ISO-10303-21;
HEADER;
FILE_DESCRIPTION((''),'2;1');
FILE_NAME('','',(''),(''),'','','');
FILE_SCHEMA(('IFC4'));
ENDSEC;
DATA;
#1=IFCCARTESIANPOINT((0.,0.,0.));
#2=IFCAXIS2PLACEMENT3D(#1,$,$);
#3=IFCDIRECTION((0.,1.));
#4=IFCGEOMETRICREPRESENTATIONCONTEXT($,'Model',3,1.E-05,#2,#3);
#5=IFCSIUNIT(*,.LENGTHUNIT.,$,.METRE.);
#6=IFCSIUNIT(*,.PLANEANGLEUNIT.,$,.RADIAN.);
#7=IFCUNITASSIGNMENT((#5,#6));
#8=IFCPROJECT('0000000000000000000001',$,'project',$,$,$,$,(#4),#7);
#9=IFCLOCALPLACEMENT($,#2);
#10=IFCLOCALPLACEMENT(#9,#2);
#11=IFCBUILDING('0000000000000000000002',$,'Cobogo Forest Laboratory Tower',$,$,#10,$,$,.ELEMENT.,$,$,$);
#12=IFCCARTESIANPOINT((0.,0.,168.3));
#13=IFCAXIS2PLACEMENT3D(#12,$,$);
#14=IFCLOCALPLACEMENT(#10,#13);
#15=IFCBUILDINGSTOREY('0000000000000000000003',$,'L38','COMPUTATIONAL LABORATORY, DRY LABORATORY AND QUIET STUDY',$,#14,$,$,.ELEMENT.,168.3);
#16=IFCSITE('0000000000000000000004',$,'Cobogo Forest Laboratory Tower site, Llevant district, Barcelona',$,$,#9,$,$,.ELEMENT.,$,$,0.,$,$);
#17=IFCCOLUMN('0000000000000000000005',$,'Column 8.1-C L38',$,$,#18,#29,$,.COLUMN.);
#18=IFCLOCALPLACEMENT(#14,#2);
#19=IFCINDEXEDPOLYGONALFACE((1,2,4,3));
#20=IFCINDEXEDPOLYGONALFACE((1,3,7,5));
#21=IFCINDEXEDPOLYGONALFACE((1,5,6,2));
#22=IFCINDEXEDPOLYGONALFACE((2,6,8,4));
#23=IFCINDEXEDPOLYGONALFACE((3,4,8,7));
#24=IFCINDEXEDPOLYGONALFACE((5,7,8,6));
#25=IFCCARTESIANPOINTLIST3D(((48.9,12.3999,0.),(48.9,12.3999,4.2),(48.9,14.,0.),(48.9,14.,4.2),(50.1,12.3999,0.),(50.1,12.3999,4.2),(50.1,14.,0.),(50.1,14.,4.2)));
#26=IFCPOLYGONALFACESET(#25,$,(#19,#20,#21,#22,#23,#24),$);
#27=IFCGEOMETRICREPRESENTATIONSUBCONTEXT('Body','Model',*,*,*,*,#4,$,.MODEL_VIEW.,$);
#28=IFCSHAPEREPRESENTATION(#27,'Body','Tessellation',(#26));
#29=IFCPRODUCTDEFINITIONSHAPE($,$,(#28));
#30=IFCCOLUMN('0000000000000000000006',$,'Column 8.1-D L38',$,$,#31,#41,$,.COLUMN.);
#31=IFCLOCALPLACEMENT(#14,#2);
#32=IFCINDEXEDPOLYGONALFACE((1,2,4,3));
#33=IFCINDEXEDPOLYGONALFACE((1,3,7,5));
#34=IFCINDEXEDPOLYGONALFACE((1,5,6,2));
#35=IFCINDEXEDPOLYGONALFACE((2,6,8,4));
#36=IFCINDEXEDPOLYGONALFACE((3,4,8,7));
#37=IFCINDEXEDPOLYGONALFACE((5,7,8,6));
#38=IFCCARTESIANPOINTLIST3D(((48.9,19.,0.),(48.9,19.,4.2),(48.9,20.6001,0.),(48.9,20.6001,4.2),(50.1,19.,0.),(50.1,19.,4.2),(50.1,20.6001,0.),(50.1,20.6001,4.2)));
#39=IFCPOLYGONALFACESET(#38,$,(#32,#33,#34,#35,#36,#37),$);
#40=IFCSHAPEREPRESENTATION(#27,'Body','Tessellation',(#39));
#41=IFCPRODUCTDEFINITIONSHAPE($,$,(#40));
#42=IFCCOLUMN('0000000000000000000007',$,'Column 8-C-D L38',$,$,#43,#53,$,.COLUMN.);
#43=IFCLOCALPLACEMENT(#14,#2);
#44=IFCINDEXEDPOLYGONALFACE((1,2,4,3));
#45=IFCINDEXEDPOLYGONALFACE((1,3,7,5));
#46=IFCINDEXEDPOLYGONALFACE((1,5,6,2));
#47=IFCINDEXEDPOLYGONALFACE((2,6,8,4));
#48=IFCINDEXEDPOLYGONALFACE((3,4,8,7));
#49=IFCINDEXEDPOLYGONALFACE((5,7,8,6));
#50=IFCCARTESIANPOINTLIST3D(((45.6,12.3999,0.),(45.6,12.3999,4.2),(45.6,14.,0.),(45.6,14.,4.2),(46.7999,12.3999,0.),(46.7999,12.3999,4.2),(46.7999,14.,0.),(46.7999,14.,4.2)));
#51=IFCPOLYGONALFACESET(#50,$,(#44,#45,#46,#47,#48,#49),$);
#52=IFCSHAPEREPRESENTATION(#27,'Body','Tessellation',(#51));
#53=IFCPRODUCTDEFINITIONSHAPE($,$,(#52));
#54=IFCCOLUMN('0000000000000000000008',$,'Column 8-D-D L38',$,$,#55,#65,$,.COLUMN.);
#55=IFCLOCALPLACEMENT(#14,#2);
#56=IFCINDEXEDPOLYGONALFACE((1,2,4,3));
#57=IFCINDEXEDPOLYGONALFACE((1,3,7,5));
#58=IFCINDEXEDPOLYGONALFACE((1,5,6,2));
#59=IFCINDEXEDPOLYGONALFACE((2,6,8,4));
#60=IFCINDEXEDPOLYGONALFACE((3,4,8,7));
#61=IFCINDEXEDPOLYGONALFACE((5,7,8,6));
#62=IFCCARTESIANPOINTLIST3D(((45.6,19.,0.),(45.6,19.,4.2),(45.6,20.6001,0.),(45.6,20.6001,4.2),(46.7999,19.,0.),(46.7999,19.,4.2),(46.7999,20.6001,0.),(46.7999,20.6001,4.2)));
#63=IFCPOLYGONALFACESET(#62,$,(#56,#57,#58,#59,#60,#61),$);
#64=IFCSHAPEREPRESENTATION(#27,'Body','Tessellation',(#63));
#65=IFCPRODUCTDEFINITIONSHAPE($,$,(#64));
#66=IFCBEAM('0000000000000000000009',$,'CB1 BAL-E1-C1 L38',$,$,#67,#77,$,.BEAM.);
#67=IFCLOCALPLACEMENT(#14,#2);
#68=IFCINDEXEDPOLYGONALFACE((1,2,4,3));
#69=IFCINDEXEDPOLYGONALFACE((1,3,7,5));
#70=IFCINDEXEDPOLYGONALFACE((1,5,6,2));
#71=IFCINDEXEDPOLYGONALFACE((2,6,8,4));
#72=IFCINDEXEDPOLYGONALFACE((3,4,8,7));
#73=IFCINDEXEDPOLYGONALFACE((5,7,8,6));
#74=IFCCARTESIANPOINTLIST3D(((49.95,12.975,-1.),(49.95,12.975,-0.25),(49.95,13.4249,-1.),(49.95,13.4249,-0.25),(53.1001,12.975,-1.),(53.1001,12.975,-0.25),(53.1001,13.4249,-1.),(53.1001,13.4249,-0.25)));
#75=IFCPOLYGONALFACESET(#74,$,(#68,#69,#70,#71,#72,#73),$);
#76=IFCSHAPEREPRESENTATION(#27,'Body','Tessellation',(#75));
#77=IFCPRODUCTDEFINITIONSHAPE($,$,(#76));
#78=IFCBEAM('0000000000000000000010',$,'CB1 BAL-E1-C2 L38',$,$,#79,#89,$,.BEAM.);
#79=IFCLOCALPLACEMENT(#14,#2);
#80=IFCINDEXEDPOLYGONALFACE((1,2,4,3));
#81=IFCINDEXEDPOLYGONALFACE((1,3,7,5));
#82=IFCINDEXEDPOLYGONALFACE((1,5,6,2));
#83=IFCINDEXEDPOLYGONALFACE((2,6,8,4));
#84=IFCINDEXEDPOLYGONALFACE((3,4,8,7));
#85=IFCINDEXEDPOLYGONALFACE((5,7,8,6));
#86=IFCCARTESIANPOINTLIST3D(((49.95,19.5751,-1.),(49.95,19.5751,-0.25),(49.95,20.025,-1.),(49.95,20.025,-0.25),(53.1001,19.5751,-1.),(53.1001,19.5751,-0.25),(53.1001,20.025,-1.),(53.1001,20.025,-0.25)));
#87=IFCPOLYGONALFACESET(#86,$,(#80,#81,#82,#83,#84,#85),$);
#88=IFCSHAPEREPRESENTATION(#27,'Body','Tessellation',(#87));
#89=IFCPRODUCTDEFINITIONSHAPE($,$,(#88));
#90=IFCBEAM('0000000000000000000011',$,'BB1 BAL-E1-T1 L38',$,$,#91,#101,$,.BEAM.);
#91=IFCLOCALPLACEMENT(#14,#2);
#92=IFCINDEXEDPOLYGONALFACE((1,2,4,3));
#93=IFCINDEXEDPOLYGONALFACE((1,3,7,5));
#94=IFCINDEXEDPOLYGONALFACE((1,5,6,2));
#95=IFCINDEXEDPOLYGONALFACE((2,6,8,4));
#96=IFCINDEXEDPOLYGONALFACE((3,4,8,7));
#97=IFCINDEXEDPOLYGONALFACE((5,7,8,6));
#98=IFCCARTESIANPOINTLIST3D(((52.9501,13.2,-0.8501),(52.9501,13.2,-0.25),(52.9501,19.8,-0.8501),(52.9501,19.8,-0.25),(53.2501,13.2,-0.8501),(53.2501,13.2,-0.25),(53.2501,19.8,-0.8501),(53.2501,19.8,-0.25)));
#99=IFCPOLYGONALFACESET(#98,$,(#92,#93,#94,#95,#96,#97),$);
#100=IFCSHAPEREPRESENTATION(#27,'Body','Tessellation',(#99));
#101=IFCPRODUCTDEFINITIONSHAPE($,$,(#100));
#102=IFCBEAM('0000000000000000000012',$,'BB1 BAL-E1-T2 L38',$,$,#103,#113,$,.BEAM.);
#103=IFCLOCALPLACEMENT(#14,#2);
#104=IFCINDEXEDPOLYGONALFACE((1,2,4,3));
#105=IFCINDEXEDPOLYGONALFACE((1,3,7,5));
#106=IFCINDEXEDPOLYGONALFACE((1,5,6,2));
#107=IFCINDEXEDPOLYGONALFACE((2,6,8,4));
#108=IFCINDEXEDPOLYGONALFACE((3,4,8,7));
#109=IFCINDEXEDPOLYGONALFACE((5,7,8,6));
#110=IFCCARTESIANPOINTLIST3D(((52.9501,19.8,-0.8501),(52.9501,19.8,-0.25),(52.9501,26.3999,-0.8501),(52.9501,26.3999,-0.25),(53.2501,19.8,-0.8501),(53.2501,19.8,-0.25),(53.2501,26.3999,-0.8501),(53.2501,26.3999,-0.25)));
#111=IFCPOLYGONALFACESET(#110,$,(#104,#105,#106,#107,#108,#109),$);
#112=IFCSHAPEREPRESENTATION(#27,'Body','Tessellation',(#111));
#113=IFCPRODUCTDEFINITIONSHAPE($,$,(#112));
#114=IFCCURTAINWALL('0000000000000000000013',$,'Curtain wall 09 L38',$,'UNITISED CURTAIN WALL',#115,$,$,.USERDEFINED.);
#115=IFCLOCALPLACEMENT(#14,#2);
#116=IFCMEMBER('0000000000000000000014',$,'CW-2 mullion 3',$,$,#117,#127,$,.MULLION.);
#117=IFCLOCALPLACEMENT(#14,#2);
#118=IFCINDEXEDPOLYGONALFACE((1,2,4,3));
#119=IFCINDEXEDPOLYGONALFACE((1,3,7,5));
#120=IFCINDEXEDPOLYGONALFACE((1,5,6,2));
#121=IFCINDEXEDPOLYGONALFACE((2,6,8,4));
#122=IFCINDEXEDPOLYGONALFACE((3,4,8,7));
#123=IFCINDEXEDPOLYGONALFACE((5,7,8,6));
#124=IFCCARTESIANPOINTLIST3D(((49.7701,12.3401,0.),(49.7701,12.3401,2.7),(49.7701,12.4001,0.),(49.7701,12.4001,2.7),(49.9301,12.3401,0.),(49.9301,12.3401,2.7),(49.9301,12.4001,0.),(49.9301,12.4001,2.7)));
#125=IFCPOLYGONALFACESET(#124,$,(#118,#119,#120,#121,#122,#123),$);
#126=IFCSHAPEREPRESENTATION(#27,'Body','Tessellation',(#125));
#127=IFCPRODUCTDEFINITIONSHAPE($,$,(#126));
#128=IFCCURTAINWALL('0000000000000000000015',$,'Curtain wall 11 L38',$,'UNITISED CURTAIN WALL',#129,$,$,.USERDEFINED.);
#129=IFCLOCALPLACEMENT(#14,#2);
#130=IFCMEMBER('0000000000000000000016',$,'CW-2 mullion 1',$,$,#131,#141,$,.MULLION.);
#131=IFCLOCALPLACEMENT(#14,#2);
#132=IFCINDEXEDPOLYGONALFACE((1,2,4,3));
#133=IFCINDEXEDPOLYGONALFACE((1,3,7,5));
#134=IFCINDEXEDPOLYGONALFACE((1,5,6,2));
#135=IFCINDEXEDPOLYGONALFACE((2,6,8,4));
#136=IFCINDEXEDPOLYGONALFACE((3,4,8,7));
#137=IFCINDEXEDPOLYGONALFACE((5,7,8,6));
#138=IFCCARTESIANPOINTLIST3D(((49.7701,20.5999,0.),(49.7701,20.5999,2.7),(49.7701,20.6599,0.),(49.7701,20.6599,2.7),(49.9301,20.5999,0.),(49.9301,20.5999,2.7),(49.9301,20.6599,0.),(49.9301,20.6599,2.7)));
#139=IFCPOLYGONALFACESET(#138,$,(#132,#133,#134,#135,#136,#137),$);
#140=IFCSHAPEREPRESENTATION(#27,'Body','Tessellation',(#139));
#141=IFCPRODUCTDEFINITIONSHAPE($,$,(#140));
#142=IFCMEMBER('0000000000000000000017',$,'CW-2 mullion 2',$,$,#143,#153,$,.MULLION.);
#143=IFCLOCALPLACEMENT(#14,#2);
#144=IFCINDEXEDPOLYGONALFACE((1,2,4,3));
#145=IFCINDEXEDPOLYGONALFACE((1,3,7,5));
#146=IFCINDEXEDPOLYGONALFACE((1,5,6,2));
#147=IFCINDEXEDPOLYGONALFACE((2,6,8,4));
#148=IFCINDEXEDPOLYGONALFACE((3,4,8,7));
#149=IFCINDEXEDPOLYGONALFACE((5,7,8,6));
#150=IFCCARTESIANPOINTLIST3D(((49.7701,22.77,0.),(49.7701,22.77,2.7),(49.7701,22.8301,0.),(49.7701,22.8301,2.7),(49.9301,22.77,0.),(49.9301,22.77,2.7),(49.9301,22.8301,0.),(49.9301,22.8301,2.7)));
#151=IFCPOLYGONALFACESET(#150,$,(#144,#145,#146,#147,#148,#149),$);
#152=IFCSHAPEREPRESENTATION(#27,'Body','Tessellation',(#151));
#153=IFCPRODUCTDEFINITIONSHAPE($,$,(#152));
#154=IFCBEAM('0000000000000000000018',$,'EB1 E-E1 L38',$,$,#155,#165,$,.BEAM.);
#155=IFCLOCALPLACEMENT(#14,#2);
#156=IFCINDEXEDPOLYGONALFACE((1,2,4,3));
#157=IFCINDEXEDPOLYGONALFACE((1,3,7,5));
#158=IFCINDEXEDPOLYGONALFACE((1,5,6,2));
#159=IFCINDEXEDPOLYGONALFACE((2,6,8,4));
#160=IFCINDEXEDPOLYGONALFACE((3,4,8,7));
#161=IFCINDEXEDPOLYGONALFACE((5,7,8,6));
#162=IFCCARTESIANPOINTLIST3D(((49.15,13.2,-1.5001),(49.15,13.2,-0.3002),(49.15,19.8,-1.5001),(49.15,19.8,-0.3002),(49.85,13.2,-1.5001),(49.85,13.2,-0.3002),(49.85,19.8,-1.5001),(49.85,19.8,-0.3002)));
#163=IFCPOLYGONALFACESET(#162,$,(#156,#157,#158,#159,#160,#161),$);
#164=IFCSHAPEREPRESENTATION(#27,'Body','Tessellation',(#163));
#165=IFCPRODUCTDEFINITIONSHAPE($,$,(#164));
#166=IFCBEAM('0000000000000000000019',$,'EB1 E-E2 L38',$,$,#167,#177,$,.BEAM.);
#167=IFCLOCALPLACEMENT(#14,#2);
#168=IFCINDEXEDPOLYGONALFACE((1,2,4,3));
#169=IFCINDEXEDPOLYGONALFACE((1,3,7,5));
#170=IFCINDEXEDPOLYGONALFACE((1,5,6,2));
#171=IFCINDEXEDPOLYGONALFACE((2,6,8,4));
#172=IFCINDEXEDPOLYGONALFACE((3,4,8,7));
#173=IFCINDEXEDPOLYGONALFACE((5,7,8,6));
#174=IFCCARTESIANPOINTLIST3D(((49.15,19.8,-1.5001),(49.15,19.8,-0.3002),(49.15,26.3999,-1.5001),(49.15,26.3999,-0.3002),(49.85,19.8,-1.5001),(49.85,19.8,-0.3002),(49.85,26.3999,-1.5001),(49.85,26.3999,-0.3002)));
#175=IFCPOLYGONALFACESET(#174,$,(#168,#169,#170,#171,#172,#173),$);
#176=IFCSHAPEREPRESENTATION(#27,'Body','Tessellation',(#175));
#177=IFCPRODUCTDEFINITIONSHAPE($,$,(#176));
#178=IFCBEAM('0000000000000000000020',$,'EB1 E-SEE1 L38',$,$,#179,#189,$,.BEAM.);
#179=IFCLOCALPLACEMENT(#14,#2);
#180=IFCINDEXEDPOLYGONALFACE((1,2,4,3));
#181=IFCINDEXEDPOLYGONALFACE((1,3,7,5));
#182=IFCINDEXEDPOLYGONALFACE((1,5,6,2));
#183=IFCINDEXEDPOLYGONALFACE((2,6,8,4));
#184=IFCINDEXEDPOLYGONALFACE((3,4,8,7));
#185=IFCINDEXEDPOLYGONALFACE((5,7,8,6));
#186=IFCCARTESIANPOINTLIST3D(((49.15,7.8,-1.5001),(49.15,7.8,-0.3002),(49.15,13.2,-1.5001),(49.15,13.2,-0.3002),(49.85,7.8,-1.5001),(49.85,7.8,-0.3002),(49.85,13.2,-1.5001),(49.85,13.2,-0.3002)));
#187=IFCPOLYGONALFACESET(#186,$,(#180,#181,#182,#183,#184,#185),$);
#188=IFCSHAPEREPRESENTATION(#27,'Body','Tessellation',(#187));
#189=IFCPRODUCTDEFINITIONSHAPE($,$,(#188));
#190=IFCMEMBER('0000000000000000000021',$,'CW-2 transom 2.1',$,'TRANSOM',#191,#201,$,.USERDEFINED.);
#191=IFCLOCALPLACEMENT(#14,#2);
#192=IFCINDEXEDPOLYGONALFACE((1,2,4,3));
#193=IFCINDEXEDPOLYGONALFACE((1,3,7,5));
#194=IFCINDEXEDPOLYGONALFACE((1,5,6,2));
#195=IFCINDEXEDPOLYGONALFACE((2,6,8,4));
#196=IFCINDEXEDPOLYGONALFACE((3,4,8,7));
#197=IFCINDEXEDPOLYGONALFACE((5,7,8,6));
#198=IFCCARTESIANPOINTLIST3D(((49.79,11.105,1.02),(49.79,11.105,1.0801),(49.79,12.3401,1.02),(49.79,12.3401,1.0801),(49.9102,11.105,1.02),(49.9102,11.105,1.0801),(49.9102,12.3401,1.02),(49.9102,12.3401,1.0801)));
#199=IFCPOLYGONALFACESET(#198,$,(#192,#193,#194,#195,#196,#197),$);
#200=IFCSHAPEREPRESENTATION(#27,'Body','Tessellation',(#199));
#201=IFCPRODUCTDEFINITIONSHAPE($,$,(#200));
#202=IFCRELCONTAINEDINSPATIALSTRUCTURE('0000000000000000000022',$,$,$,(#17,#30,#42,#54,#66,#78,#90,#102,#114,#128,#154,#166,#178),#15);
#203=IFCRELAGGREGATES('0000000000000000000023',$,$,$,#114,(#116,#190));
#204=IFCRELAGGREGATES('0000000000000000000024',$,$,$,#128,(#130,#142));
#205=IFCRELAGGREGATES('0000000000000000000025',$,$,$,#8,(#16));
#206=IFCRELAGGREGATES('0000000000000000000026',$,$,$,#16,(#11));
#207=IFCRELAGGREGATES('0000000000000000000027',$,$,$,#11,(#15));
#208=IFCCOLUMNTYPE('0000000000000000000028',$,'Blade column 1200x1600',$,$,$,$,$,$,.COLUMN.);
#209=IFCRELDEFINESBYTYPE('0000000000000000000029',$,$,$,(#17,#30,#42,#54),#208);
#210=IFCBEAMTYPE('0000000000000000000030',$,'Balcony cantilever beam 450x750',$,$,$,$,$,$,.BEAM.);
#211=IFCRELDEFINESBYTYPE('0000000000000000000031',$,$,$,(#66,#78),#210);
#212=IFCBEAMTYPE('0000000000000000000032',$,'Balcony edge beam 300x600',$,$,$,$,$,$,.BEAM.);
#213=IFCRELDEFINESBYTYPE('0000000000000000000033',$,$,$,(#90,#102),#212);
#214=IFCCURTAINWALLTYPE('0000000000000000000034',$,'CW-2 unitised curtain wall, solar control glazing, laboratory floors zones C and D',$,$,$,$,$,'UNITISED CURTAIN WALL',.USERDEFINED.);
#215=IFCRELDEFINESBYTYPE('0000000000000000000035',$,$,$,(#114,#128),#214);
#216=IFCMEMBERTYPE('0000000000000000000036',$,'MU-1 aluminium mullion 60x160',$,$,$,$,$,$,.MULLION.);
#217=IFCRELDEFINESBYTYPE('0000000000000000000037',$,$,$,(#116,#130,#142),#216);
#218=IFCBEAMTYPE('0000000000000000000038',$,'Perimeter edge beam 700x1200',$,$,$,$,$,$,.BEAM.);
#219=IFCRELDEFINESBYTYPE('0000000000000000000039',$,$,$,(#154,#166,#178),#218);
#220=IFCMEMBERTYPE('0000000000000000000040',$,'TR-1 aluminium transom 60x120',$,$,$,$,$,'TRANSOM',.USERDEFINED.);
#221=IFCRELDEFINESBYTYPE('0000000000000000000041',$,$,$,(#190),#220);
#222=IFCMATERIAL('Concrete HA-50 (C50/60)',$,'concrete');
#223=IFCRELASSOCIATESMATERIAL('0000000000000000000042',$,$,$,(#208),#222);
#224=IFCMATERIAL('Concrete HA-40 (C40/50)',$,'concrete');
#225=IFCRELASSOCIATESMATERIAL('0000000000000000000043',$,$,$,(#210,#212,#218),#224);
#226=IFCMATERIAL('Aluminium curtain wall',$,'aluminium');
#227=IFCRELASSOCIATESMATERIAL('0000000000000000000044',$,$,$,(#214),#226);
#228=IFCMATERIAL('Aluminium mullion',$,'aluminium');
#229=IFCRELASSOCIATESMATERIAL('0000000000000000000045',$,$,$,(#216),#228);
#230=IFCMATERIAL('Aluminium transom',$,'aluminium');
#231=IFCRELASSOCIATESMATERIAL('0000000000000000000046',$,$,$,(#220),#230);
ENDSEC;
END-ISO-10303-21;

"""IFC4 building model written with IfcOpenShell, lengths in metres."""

from ifc_helpers import new_model, si_unit, direction, frame, origin, origin_2d, place, context, subcontext, project, spatial, rectangle, extrude, material, material_profile, profile_set, type_object, element, aggregate, save


model = new_model("IFC4")

# Units and contexts
model_context = context("Model", 3, precision=1e-05, world=origin(), true_north=direction((0.0, 1.0)))
body_context = subcontext(model_context, "Body", "Model", "MODEL_VIEW")
ifc_project = project(units=[si_unit("LENGTHUNIT", "METRE"), si_unit("PLANEANGLEUNIT", "RADIAN")], contexts=[model_context])

# Site, building, storey
site_placement = place(None, origin())
site = spatial("IfcSite", under=ifc_project, at=site_placement, Name="Cobogo Forest Laboratory Tower site, Llevant district, Barcelona", CompositionType="ELEMENT", RefElevation=0.0)
building_placement = place(site_placement, origin())
building = spatial("IfcBuilding", under=site, at=building_placement, Name="Cobogo Forest Laboratory Tower", CompositionType="ELEMENT")
storey_placement = place(building_placement, frame((0.0, 0.0, 168.3)))
storey = spatial("IfcBuildingStorey", under=building, at=storey_placement, Name="L38", Description="COMPUTATIONAL LABORATORY, DRY LABORATORY AND QUIET STUDY", CompositionType="ELEMENT", Elevation=168.3)

# Columns
ifc_material_1 = material(Name="Concrete HA-50 (C50/60)", Category="concrete")
ifc_material_profile_1 = material_profile(ifc_material_1, rectangle(XDim=1.6001, YDim=1.2, at=origin_2d()), Name="RC 1200x1600")
ifc_profile_set_1 = profile_set([ifc_material_profile_1], Name="Concrete HA-50 (C50/60)")
column_type = type_object("IfcColumnType", Name="Blade column 1200x1600", PredefinedType="COLUMN", material=ifc_profile_set_1)
for number, where, z_axis, x_axis, name in (
    (1, (49.5, 13.2, 0.0), (0.0, 0.0, 1.0), (0.0, 1.0, 0.0), "Column 8.1-C L38"),
    (2, (49.5, 19.8, 0.0), (0.0, 0.0, 1.0), (0.0, 1.0, 0.0), "Column 8.1-D L38"),
    (3, (46.2, 13.2, 0.0), (0.0, 0.0, 1.0), (0.0, 1.0, 0.0), "Column 8-C-D L38"),
    (4, (46.2, 19.8, 0.0), (0.0, 0.0, 1.0), (0.0, 1.0, 0.0), "Column 8-D-D L38"),
):
    element("IfcColumn", number, at=place(storey_placement, frame(where, z_axis=z_axis, x_axis=x_axis)), inside=storey, type_object=column_type, Name=name, PredefinedType="COLUMN", context=body_context, shape_type="SweptSolid", body=[
        extrude(rectangle(XDim=1.6001, YDim=1.2, at=origin_2d()), origin(), (0.0, 0.0, 1.0), 4.2),
    ])

# Beams
ifc_material_2 = material(Name="Concrete HA-40 (C40/50)", Category="concrete")
ifc_material_profile_2 = material_profile(ifc_material_2, rectangle(XDim=0.45, YDim=0.75, at=origin_2d()), Name="RC 450x750")
ifc_profile_set_2 = profile_set([ifc_material_profile_2], Name="Concrete HA-40 (C40/50)")
beam_type_1 = type_object("IfcBeamType", Name="Balcony cantilever beam 450x750", PredefinedType="BEAM", material=ifc_profile_set_2)
for number, where, z_axis, x_axis, name in (
    (5, (49.95, 13.2, -0.625), (1.0, 0.0, 0.0), (0.0, 1.0, 0.0), "CB1 BAL-E1-C1 L38"),
    (6, (49.95, 19.8, -0.625), (1.0, 0.0, 0.0), (0.0, 1.0, 0.0), "CB1 BAL-E1-C2 L38"),
):
    element("IfcBeam", number, at=place(storey_placement, frame(where, z_axis=z_axis, x_axis=x_axis)), inside=storey, type_object=beam_type_1, Name=name, PredefinedType="BEAM", context=body_context, shape_type="SweptSolid", body=[
        extrude(rectangle(XDim=0.45, YDim=0.75, at=origin_2d()), origin(), (0.0, 0.0, 1.0), 3.1501),
    ])
ifc_material_profile_3 = material_profile(ifc_material_2, rectangle(XDim=0.3, YDim=0.6001, at=origin_2d()), Name="RC 300x600")
ifc_profile_set_3 = profile_set([ifc_material_profile_3], Name="Concrete HA-40 (C40/50)")
beam_type_2 = type_object("IfcBeamType", Name="Balcony edge beam 300x600", PredefinedType="BEAM", material=ifc_profile_set_3)
beam_1_placement = place(storey_placement, frame((53.1001, 13.2, -0.55), z_axis=(0.0, 1.0, 0.0), x_axis=(-1.0, 0.0, 0.0)))
element("IfcBeam", 7, at=beam_1_placement, inside=storey, type_object=beam_type_2, Name="BB1 BAL-E1-T1 L38", PredefinedType="BEAM", context=body_context, shape_type="SweptSolid", body=[
    extrude(rectangle(XDim=0.3, YDim=0.6001, at=origin_2d()), origin(), (0.0, 0.0, 1.0), 6.6001),
])
beam_2_placement = place(storey_placement, frame((53.1001, 19.8, -0.55), z_axis=(0.0, 1.0, 0.0), x_axis=(-1.0, 0.0, 0.0)))
element("IfcBeam", 8, at=beam_2_placement, inside=storey, type_object=beam_type_2, Name="BB1 BAL-E1-T2 L38", PredefinedType="BEAM", context=body_context, shape_type="SweptSolid", body=[
    extrude(rectangle(XDim=0.3, YDim=0.6001, at=origin_2d()), origin(), (0.0, 0.0, 1.0), 6.5999),
])

# Curtain wall, member
ifc_material_3 = material(Name="Aluminium curtain wall", Category="aluminium")
curtain_wall_type = type_object("IfcCurtainWallType", Name="CW-2 unitised curtain wall, solar control glazing, laboratory floors zones C and D", ElementType="UNITISED CURTAIN WALL", PredefinedType="USERDEFINED", material=ifc_material_3)
curtain_wall_1_placement = place(storey_placement, origin())
curtain_wall_1 = element("IfcCurtainWall", 9, at=curtain_wall_1_placement, inside=storey, type_object=curtain_wall_type, Name="Curtain wall 09 L38", ObjectType="UNITISED CURTAIN WALL", PredefinedType="USERDEFINED")
ifc_material_4 = material(Name="Aluminium mullion", Category="aluminium")
ifc_material_profile_4 = material_profile(ifc_material_4, rectangle(XDim=0.0601, YDim=0.1599, at=origin_2d()), Name="AL 60x160")
ifc_profile_set_4 = profile_set([ifc_material_profile_4], Name="Aluminium mullion")
member_type_1 = type_object("IfcMemberType", Name="MU-1 aluminium mullion 60x160", PredefinedType="MULLION", material=ifc_profile_set_4)
member_1_placement = place(storey_placement, frame((49.8501, 12.3701, 0.0), z_axis=(0.0, 0.0, 1.0), x_axis=(0.0, 1.0, 0.0)))
member_1 = element("IfcMember", 10, at=member_1_placement, type_object=member_type_1, Name="CW-2 mullion 3", PredefinedType="MULLION", context=body_context, shape_type="SweptSolid", body=[
    extrude(rectangle(XDim=0.0601, YDim=0.1599, at=origin_2d()), origin(), (0.0, 0.0, 1.0), 2.7),
])

# Curtain wall, members
curtain_wall_2_placement = place(storey_placement, origin())
curtain_wall_2 = element("IfcCurtainWall", 11, at=curtain_wall_2_placement, inside=storey, type_object=curtain_wall_type, Name="Curtain wall 11 L38", ObjectType="UNITISED CURTAIN WALL", PredefinedType="USERDEFINED")
member_2_placement = place(storey_placement, frame((49.8501, 20.6299, 0.0), z_axis=(0.0, 0.0, 1.0), x_axis=(0.0, 1.0, 0.0)))
member_2 = element("IfcMember", 12, at=member_2_placement, type_object=member_type_1, Name="CW-2 mullion 1", PredefinedType="MULLION", context=body_context, shape_type="SweptSolid", body=[
    extrude(rectangle(XDim=0.0601, YDim=0.1599, at=origin_2d()), origin(), (0.0, 0.0, 1.0), 2.7),
])
member_3_placement = place(storey_placement, frame((49.8501, 22.8, 0.0), z_axis=(0.0, 0.0, 1.0), x_axis=(0.0, 1.0, 0.0)))
member_3 = element("IfcMember", 13, at=member_3_placement, type_object=member_type_1, Name="CW-2 mullion 2", PredefinedType="MULLION", context=body_context, shape_type="SweptSolid", body=[
    extrude(rectangle(XDim=0.0601, YDim=0.1599, at=origin_2d()), origin(), (0.0, 0.0, 1.0), 2.7),
])

# Beams
ifc_material_profile_5 = material_profile(ifc_material_2, rectangle(XDim=0.7, YDim=1.2, at=origin_2d()), Name="RC 700x1200")
ifc_profile_set_5 = profile_set([ifc_material_profile_5], Name="Concrete HA-40 (C40/50)")
beam_type_3 = type_object("IfcBeamType", Name="Perimeter edge beam 700x1200", PredefinedType="BEAM", material=ifc_profile_set_5)
beam_3_placement = place(storey_placement, frame((49.5, 13.2, -0.9001), z_axis=(0.0, 1.0, 0.0), x_axis=(-1.0, 0.0, 0.0)))
element("IfcBeam", 14, at=beam_3_placement, inside=storey, type_object=beam_type_3, Name="EB1 E-E1 L38", PredefinedType="BEAM", context=body_context, shape_type="SweptSolid", body=[
    extrude(rectangle(XDim=0.7, YDim=1.2, at=origin_2d()), origin(), (0.0, 0.0, 1.0), 6.6001),
])
beam_4_placement = place(storey_placement, frame((49.5, 19.8, -0.9001), z_axis=(0.0, 1.0, 0.0), x_axis=(-1.0, 0.0, 0.0)))
element("IfcBeam", 15, at=beam_4_placement, inside=storey, type_object=beam_type_3, Name="EB1 E-E2 L38", PredefinedType="BEAM", context=body_context, shape_type="SweptSolid", body=[
    extrude(rectangle(XDim=0.7, YDim=1.2, at=origin_2d()), origin(), (0.0, 0.0, 1.0), 6.5999),
])
beam_5_placement = place(storey_placement, frame((49.5, 13.2, -0.9001), z_axis=(0.0, -1.0, 0.0), x_axis=(1.0, 0.0, 0.0)))
element("IfcBeam", 16, at=beam_5_placement, inside=storey, type_object=beam_type_3, Name="EB1 E-SEE1 L38", PredefinedType="BEAM", context=body_context, shape_type="SweptSolid", body=[
    extrude(rectangle(XDim=0.7, YDim=1.2, at=origin_2d()), origin(), (0.0, 0.0, 1.0), 5.3999),
])

# Member
ifc_material_5 = material(Name="Aluminium transom", Category="aluminium")
ifc_material_profile_6 = material_profile(ifc_material_5, rectangle(XDim=0.1201, YDim=0.0601, at=origin_2d()), Name="AL 60x120")
ifc_profile_set_6 = profile_set([ifc_material_profile_6], Name="Aluminium transom")
member_type_2 = type_object("IfcMemberType", Name="TR-1 aluminium transom 60x120", ElementType="TRANSOM", PredefinedType="USERDEFINED", material=ifc_profile_set_6)
member_4_placement = place(storey_placement, frame((49.8501, 11.105, 1.05), z_axis=(0.0, 1.0, 0.0), x_axis=(-1.0, 0.0, 0.0)))
member_4 = element("IfcMember", 17, at=member_4_placement, type_object=member_type_2, Name="CW-2 transom 2.1", ObjectType="TRANSOM", PredefinedType="USERDEFINED", context=body_context, shape_type="SweptSolid", body=[
    extrude(rectangle(XDim=0.1201, YDim=0.0601, at=origin_2d()), origin(), (0.0, 0.0, 1.0), 1.2351),
])

aggregate(curtain_wall_1, [member_1, member_4])
aggregate(curtain_wall_2, [member_2, member_3])

save(model, "model.ifc")
